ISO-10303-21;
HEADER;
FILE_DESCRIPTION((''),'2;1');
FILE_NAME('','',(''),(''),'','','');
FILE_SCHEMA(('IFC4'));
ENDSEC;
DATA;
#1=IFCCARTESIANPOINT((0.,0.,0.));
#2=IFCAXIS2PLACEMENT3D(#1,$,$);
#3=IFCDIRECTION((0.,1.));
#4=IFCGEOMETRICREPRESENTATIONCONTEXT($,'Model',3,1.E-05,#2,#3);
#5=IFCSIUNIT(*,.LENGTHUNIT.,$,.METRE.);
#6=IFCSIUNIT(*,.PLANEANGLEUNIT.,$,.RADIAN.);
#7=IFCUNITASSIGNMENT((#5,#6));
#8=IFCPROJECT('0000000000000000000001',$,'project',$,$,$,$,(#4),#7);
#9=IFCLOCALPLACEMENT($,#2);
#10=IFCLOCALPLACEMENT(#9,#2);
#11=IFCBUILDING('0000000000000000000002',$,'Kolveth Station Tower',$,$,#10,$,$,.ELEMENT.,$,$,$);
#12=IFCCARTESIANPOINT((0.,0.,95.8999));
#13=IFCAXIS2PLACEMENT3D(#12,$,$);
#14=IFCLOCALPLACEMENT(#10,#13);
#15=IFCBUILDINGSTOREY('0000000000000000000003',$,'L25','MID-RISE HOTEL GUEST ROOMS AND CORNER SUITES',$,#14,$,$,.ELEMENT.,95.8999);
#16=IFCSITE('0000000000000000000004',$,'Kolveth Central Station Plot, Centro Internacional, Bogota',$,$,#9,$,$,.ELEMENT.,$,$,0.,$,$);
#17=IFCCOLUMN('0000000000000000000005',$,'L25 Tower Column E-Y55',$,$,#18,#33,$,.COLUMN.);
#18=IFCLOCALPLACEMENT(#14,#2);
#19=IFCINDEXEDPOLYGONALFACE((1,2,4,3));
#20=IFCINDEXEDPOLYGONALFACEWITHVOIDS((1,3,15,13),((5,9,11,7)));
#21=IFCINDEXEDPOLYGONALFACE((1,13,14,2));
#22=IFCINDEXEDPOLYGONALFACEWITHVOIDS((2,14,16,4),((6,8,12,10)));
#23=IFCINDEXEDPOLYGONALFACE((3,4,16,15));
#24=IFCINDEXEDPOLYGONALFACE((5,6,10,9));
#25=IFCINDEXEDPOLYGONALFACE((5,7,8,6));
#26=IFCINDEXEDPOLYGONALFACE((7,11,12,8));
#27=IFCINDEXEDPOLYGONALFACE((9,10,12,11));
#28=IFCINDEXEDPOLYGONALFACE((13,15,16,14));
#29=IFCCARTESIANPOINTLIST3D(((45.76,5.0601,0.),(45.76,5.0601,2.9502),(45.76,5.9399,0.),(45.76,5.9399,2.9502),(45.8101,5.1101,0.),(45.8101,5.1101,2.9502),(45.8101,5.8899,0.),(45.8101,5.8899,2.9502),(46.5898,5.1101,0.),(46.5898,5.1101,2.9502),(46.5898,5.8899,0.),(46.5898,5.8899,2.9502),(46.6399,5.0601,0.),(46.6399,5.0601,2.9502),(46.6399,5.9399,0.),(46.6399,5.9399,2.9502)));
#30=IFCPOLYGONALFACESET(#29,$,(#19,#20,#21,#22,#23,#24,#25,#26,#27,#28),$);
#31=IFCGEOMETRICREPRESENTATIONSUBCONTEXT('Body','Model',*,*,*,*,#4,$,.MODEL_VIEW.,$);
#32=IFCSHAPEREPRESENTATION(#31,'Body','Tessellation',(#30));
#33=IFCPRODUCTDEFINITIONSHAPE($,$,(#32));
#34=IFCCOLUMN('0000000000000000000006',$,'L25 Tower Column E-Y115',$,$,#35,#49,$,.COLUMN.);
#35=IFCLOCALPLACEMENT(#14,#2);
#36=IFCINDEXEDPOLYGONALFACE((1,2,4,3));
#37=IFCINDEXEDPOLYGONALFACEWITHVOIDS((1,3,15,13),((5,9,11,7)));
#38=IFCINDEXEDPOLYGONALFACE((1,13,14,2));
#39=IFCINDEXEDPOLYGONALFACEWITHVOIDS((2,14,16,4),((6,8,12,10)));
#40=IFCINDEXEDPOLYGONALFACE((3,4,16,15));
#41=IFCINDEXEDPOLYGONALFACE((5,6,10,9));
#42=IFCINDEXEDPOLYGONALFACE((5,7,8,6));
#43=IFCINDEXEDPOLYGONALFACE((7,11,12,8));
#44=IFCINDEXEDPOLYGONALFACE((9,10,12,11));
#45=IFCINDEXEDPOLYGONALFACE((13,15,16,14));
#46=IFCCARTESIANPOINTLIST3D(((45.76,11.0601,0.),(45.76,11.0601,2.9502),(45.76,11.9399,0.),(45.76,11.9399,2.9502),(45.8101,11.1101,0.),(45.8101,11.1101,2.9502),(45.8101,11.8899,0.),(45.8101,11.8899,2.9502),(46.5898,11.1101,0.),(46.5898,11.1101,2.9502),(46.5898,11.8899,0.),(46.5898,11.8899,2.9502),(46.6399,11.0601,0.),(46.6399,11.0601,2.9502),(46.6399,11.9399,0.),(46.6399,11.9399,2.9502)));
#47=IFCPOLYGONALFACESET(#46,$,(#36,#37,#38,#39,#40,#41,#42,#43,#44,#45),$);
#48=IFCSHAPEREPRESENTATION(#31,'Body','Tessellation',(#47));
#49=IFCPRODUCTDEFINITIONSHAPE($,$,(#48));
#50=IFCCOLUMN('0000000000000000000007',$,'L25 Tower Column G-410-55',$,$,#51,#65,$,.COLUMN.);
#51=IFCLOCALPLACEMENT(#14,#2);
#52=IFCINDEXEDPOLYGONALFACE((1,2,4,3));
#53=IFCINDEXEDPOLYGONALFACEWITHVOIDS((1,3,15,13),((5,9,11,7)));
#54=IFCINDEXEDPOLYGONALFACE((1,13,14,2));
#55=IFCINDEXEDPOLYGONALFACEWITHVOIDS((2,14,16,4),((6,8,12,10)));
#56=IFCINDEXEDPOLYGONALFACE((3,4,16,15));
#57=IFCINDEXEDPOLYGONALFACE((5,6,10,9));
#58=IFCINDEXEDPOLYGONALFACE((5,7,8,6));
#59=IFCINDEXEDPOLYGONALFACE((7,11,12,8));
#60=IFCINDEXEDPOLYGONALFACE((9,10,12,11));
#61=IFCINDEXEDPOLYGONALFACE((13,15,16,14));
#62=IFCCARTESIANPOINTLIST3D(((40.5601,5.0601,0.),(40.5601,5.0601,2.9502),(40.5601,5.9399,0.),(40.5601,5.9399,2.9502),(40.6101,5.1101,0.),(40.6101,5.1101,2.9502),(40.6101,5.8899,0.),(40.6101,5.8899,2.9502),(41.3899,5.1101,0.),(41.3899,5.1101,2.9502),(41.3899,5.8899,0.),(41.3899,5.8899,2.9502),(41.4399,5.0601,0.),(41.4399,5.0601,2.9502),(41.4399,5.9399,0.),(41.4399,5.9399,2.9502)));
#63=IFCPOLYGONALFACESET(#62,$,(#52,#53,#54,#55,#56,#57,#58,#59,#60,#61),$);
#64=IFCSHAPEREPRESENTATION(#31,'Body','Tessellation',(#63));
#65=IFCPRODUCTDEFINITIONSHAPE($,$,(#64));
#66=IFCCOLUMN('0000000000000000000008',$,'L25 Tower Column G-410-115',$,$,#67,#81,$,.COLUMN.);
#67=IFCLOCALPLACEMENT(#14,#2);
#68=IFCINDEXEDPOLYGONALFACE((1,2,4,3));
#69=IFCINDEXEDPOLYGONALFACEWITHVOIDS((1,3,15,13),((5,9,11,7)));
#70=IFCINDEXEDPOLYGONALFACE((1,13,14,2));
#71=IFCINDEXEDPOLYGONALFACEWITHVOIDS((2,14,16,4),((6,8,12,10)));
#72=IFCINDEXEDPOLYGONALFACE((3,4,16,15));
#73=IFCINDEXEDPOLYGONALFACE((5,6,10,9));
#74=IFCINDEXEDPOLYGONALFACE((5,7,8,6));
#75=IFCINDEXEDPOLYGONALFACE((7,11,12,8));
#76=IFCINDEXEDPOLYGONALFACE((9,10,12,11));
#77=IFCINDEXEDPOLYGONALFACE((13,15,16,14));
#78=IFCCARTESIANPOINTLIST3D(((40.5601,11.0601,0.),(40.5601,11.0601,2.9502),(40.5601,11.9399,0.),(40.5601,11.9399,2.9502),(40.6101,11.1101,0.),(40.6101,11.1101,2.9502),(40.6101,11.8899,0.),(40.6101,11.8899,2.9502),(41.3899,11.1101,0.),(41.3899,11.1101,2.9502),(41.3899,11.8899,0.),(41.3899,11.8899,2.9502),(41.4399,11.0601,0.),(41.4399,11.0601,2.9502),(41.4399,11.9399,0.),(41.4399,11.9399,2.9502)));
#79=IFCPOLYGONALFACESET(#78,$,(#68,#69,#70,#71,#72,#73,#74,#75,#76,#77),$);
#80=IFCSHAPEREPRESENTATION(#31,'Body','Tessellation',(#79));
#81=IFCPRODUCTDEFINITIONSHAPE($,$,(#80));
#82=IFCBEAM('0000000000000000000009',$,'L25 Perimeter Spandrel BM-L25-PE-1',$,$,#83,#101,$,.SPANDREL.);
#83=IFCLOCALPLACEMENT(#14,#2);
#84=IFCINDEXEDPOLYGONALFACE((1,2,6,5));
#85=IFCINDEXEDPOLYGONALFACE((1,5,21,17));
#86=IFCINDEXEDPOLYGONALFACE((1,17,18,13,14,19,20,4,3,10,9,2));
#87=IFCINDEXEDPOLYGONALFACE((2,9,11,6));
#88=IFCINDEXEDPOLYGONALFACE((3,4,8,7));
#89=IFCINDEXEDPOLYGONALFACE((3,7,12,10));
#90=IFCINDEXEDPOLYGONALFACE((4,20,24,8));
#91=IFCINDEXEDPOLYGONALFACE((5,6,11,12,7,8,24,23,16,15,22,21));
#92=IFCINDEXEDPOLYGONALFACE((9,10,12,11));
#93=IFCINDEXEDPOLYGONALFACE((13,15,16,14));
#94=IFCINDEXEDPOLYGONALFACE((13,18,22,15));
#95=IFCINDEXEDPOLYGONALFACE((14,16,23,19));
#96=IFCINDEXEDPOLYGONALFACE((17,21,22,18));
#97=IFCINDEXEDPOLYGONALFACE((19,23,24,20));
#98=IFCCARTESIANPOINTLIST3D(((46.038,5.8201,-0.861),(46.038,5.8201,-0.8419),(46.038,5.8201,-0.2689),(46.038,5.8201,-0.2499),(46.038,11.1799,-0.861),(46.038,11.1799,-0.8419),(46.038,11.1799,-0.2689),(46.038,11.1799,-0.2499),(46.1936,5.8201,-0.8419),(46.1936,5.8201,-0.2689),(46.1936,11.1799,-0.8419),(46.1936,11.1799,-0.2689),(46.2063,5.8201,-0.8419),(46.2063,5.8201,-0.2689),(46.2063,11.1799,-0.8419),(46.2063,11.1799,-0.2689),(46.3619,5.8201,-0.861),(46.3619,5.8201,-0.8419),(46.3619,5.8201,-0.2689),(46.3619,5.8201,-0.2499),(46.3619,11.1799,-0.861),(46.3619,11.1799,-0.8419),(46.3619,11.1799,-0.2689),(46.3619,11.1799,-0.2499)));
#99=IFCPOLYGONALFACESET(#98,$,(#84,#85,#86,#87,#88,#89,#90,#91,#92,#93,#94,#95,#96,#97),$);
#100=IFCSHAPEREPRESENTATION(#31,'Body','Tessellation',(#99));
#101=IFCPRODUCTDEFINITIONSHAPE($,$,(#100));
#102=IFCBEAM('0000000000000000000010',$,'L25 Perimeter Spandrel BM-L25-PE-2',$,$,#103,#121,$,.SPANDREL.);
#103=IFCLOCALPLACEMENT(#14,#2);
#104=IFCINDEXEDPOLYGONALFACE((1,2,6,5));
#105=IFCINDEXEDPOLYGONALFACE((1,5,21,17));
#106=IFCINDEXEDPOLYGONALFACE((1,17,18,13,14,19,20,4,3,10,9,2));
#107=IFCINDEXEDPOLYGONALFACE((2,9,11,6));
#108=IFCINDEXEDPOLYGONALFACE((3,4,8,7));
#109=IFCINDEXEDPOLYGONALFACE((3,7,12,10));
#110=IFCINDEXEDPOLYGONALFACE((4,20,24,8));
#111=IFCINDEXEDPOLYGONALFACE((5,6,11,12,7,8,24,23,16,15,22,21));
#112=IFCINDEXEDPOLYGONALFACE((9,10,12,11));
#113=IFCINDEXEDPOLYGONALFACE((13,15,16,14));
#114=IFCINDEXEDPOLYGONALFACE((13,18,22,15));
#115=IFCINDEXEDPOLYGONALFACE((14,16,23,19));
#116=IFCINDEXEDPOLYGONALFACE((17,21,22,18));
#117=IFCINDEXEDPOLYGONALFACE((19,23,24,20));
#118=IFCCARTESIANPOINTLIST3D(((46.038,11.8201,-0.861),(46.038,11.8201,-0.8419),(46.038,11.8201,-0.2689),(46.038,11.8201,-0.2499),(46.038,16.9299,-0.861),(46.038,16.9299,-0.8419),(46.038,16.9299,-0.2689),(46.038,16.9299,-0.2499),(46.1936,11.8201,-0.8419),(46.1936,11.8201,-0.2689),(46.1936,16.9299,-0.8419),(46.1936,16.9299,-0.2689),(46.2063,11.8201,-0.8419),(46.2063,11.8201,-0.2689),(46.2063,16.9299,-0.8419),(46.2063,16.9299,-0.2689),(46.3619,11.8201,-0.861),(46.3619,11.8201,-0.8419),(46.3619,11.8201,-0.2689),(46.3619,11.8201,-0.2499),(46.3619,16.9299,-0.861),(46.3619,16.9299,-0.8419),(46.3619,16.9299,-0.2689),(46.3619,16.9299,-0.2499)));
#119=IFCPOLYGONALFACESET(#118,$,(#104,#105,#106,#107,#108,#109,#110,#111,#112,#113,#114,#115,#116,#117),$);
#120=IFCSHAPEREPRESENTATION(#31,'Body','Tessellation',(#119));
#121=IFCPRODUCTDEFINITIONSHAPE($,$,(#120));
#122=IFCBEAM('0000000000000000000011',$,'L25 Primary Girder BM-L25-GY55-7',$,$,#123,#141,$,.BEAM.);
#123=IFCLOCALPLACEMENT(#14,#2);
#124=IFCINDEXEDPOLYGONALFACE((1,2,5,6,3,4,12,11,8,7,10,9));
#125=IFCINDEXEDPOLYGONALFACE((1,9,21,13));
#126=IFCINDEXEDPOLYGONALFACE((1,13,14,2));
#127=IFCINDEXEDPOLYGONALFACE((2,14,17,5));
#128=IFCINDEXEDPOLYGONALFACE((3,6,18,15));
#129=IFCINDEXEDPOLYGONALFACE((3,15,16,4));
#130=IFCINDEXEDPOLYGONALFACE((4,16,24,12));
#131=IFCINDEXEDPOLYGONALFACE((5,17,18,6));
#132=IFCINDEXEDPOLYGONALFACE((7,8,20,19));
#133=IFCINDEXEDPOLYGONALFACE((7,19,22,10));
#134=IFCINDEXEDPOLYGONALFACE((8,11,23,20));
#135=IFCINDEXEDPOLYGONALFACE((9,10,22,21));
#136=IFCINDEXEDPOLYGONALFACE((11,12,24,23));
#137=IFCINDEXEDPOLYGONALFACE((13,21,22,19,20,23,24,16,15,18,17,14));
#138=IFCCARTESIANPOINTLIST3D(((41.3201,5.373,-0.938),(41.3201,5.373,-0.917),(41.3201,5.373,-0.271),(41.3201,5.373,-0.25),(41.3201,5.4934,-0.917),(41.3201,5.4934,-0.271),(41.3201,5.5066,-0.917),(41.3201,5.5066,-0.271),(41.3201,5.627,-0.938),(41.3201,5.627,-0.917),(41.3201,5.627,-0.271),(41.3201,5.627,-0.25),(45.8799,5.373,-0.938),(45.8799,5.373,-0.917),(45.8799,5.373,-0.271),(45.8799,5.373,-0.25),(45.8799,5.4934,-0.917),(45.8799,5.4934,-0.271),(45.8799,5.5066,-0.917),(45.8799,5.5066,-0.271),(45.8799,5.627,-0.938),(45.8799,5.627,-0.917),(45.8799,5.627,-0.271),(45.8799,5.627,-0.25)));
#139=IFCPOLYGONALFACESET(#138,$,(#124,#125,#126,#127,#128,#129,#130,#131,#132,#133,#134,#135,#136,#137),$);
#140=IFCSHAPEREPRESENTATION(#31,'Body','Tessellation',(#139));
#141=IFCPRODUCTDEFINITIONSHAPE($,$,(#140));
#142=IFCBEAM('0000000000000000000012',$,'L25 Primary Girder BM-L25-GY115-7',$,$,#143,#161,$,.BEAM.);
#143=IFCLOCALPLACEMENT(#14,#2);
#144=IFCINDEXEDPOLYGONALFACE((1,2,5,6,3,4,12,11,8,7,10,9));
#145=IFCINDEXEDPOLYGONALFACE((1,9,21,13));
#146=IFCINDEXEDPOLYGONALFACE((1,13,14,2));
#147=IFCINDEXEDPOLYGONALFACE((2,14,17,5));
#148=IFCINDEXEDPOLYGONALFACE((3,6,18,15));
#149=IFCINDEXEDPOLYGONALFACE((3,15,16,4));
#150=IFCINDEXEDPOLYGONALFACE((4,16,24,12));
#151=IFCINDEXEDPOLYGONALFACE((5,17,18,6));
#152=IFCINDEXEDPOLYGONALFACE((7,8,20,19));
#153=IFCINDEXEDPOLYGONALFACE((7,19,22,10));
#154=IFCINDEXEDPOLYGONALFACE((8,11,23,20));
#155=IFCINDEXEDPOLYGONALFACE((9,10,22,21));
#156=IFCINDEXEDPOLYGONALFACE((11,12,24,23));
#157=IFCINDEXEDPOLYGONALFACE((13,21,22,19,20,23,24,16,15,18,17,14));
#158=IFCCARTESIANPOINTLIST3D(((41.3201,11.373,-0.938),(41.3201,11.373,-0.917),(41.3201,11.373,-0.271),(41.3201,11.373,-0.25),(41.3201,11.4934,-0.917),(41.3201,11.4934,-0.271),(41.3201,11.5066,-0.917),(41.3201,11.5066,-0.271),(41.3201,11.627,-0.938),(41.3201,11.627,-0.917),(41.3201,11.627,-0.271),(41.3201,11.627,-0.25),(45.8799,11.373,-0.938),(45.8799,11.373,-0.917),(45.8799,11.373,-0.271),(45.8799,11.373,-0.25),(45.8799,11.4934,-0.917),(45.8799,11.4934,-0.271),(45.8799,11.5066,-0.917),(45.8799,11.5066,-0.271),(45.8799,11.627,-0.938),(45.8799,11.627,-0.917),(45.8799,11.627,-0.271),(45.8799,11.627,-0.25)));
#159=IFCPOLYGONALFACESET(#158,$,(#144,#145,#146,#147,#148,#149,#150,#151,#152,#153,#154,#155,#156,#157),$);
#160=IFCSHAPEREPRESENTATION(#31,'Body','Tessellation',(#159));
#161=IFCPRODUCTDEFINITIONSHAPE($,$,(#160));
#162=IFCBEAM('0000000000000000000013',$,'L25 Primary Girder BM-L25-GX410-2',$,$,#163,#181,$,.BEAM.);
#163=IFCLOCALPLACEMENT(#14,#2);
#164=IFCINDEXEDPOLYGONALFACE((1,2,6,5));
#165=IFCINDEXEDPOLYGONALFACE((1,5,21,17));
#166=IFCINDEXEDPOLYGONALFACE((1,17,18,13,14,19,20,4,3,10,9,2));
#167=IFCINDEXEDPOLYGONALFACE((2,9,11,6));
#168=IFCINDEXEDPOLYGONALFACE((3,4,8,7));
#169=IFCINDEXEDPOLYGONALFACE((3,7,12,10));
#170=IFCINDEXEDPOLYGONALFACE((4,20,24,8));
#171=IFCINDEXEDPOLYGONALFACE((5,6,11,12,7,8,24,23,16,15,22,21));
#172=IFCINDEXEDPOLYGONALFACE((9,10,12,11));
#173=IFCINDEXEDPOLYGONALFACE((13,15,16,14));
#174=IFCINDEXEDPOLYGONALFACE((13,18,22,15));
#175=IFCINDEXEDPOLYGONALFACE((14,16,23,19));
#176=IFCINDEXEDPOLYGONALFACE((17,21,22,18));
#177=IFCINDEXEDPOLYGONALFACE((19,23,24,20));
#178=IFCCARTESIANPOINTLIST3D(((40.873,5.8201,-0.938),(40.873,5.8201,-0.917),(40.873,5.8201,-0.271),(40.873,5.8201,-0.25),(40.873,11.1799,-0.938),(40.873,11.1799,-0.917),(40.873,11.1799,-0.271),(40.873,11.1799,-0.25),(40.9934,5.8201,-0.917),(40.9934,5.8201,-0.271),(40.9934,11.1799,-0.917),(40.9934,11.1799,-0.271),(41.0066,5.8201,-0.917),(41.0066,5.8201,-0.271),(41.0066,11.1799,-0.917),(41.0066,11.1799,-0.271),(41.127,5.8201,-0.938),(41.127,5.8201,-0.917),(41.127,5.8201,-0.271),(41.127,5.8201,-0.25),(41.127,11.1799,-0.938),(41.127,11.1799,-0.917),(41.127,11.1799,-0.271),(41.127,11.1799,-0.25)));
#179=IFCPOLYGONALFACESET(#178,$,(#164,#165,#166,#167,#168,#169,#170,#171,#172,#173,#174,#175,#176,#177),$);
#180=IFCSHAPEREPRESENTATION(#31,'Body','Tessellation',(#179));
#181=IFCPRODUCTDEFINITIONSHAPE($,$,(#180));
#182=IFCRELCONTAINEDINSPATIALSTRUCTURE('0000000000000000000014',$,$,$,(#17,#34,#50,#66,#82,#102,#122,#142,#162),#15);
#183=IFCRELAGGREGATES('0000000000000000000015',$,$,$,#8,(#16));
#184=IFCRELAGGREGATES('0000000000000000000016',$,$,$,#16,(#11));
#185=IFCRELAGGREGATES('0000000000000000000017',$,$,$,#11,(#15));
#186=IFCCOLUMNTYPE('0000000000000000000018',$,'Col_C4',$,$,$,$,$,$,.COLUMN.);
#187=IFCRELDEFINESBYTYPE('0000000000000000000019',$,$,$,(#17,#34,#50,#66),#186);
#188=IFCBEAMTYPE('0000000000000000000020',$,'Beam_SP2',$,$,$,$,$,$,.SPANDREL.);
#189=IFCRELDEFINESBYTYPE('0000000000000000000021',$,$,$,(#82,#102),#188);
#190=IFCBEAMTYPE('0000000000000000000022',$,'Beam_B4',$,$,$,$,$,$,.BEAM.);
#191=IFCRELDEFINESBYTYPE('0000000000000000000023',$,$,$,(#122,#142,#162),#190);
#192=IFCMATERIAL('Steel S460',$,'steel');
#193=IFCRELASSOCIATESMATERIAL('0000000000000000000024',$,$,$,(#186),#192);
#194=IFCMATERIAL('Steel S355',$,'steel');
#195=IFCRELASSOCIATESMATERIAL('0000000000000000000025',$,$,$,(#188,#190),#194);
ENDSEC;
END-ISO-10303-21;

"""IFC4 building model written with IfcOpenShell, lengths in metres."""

from ifc_helpers import new_model, si_unit, direction, frame, origin, origin_2d, place, context, subcontext, project, spatial, hollow_rectangle, i_section, extrude, source, transform, mapped, material, material_profile, profile_set, type_object, element, save


model = new_model("IFC4")

# Units and contexts
model_context = context("Model", 3, precision=1e-05, world=origin(), true_north=direction((0.0, 1.0)))
body_context = subcontext(model_context, "Body", "Model", "MODEL_VIEW")
ifc_project = project(units=[si_unit("LENGTHUNIT", "METRE"), si_unit("PLANEANGLEUNIT", "RADIAN")], contexts=[model_context])

# Site, building, storey
site_placement = place(None, origin())
site = spatial("IfcSite", under=ifc_project, at=site_placement, Name="Kolveth Central Station Plot, Centro Internacional, Bogota", CompositionType="ELEMENT", RefElevation=0.0)
building_placement = place(site_placement, origin())
building = spatial("IfcBuilding", under=site, at=building_placement, Name="Kolveth Station Tower", CompositionType="ELEMENT")
storey_placement = place(building_placement, frame((0.0, 0.0, 95.8999)))
storey = spatial("IfcBuildingStorey", under=building, at=storey_placement, Name="L25", Description="MID-RISE HOTEL GUEST ROOMS AND CORNER SUITES", CompositionType="ELEMENT", Elevation=95.8999)

# Columns
ifc_material_1 = material(Name="Steel S460", Category="steel")
ifc_material_profile_1 = material_profile(ifc_material_1, hollow_rectangle(XDim=0.8799, YDim=0.8799, WallThickness=0.05, at=origin_2d()), Name="BOX880x880x50")
ifc_profile_set_1 = profile_set([ifc_material_profile_1], Name="Steel S460")
column_type = type_object("IfcColumnType", Name="Col_C4", PredefinedType="COLUMN", material=ifc_profile_set_1)
shared_shape_1 = source(origin(), body_context, "Body", "SweptSolid", [
    extrude(hollow_rectangle(XDim=0.8799, YDim=0.8799, WallThickness=0.05, at=origin_2d()), origin(), (0.0, 0.0, 1.0), 2.9502),
])
for number, where, z_axis, x_axis, name in (
    (1, (46.2, 5.5, 0.0), (0.0, 0.0, 1.0), (1.0, 0.0, 0.0), "L25 Tower Column E-Y55"),
    (2, (46.2, 11.5, 0.0), (0.0, 0.0, 1.0), (1.0, 0.0, 0.0), "L25 Tower Column E-Y115"),
    (3, (41.0, 5.5, 0.0), (0.0, 0.0, 1.0), (1.0, 0.0, 0.0), "L25 Tower Column G-410-55"),
    (4, (41.0, 11.5, 0.0), (0.0, 0.0, 1.0), (1.0, 0.0, 0.0), "L25 Tower Column G-410-115"),
):
    element("IfcColumn", number, at=place(storey_placement, frame(where, z_axis=z_axis, x_axis=x_axis)), inside=storey, type_object=column_type, Name=name, PredefinedType="COLUMN", context=body_context, shape_type="MappedRepresentation", body=[
        mapped(shared_shape_1, transform((0.0, 0.0, 0.0), x_axis=(1.0, 0.0, 0.0), y_axis=(0.0, 1.0, 0.0), z_axis=(0.0, 0.0, 1.0), scale=1.0)),
    ])

# Beams
ifc_material_2 = material(Name="Steel S355", Category="steel")
ifc_material_profile_2 = material_profile(ifc_material_2, i_section(OverallWidth=0.324, OverallDepth=0.6111, WebThickness=0.0127, FlangeThickness=0.019, at=origin_2d()), Name="W610x155")
ifc_profile_set_2 = profile_set([ifc_material_profile_2], Name="Steel S355")
beam_type_1 = type_object("IfcBeamType", Name="Beam_SP2", PredefinedType="SPANDREL", material=ifc_profile_set_2)
shared_shape_2 = source(origin(), body_context, "Body", "SweptSolid", [
    extrude(i_section(OverallWidth=0.324, OverallDepth=0.6111, WebThickness=0.0127, FlangeThickness=0.019, at=origin_2d()), origin(), (0.0, 0.0, 1.0), 5.3599),
])
beam_1_placement = place(storey_placement, frame((46.2, 5.8201, -0.5554), z_axis=(0.0, 1.0, 0.0), x_axis=(-1.0, 0.0, 0.0)))
element("IfcBeam", 5, at=beam_1_placement, inside=storey, type_object=beam_type_1, Name="L25 Perimeter Spandrel BM-L25-PE-1", PredefinedType="SPANDREL", context=body_context, shape_type="MappedRepresentation", body=[
    mapped(shared_shape_2, transform((0.0, 0.0, 0.0), x_axis=(1.0, 0.0, 0.0), y_axis=(0.0, 1.0, 0.0), z_axis=(0.0, 0.0, 1.0), scale=1.0)),
])
shared_shape_3 = source(origin(), body_context, "Body", "SweptSolid", [
    extrude(i_section(OverallWidth=0.324, OverallDepth=0.6111, WebThickness=0.0127, FlangeThickness=0.019, at=origin_2d()), origin(), (0.0, 0.0, 1.0), 5.1099),
])
beam_2_placement = place(storey_placement, frame((46.2, 11.8201, -0.5554), z_axis=(0.0, 1.0, 0.0), x_axis=(-1.0, 0.0, 0.0)))
element("IfcBeam", 6, at=beam_2_placement, inside=storey, type_object=beam_type_1, Name="L25 Perimeter Spandrel BM-L25-PE-2", PredefinedType="SPANDREL", context=body_context, shape_type="MappedRepresentation", body=[
    mapped(shared_shape_3, transform((0.0, 0.0, 0.0), x_axis=(1.0, 0.0, 0.0), y_axis=(0.0, 1.0, 0.0), z_axis=(0.0, 0.0, 1.0), scale=1.0)),
])
ifc_material_profile_3 = material_profile(ifc_material_2, i_section(OverallWidth=0.2539, OverallDepth=0.688, WebThickness=0.0132, FlangeThickness=0.021, at=origin_2d()), Name="W690x152")
ifc_profile_set_3 = profile_set([ifc_material_profile_3], Name="Steel S355")
beam_type_2 = type_object("IfcBeamType", Name="Beam_B4", PredefinedType="BEAM", material=ifc_profile_set_3)
shared_shape_4 = source(origin(), body_context, "Body", "SweptSolid", [
    extrude(i_section(OverallWidth=0.2539, OverallDepth=0.688, WebThickness=0.0132, FlangeThickness=0.021, at=origin_2d()), origin(), (0.0, 0.0, 1.0), 4.5598),
])
for number, where, z_axis, x_axis, name in (
    (7, (41.3201, 5.5, -0.594), (1.0, 0.0, 0.0), (0.0, 1.0, 0.0), "L25 Primary Girder BM-L25-GY55-7"),
    (8, (41.3201, 11.5, -0.594), (1.0, 0.0, 0.0), (0.0, 1.0, 0.0), "L25 Primary Girder BM-L25-GY115-7"),
):
    element("IfcBeam", number, at=place(storey_placement, frame(where, z_axis=z_axis, x_axis=x_axis)), inside=storey, type_object=beam_type_2, Name=name, PredefinedType="BEAM", context=body_context, shape_type="MappedRepresentation", body=[
        mapped(shared_shape_4, transform((0.0, 0.0, 0.0), x_axis=(1.0, 0.0, 0.0), y_axis=(0.0, 1.0, 0.0), z_axis=(0.0, 0.0, 1.0), scale=1.0)),
    ])
shared_shape_5 = source(origin(), body_context, "Body", "SweptSolid", [
    extrude(i_section(OverallWidth=0.2539, OverallDepth=0.688, WebThickness=0.0132, FlangeThickness=0.021, at=origin_2d()), origin(), (0.0, 0.0, 1.0), 5.3599),
])
beam_3_placement = place(storey_placement, frame((41.0, 5.8201, -0.594), z_axis=(0.0, 1.0, 0.0), x_axis=(-1.0, 0.0, 0.0)))
element("IfcBeam", 9, at=beam_3_placement, inside=storey, type_object=beam_type_2, Name="L25 Primary Girder BM-L25-GX410-2", PredefinedType="BEAM", context=body_context, shape_type="MappedRepresentation", body=[
    mapped(shared_shape_5, transform((0.0, 0.0, 0.0), x_axis=(1.0, 0.0, 0.0), y_axis=(0.0, 1.0, 0.0), z_axis=(0.0, 0.0, 1.0), scale=1.0)),
])

save(model, "model.ifc")
